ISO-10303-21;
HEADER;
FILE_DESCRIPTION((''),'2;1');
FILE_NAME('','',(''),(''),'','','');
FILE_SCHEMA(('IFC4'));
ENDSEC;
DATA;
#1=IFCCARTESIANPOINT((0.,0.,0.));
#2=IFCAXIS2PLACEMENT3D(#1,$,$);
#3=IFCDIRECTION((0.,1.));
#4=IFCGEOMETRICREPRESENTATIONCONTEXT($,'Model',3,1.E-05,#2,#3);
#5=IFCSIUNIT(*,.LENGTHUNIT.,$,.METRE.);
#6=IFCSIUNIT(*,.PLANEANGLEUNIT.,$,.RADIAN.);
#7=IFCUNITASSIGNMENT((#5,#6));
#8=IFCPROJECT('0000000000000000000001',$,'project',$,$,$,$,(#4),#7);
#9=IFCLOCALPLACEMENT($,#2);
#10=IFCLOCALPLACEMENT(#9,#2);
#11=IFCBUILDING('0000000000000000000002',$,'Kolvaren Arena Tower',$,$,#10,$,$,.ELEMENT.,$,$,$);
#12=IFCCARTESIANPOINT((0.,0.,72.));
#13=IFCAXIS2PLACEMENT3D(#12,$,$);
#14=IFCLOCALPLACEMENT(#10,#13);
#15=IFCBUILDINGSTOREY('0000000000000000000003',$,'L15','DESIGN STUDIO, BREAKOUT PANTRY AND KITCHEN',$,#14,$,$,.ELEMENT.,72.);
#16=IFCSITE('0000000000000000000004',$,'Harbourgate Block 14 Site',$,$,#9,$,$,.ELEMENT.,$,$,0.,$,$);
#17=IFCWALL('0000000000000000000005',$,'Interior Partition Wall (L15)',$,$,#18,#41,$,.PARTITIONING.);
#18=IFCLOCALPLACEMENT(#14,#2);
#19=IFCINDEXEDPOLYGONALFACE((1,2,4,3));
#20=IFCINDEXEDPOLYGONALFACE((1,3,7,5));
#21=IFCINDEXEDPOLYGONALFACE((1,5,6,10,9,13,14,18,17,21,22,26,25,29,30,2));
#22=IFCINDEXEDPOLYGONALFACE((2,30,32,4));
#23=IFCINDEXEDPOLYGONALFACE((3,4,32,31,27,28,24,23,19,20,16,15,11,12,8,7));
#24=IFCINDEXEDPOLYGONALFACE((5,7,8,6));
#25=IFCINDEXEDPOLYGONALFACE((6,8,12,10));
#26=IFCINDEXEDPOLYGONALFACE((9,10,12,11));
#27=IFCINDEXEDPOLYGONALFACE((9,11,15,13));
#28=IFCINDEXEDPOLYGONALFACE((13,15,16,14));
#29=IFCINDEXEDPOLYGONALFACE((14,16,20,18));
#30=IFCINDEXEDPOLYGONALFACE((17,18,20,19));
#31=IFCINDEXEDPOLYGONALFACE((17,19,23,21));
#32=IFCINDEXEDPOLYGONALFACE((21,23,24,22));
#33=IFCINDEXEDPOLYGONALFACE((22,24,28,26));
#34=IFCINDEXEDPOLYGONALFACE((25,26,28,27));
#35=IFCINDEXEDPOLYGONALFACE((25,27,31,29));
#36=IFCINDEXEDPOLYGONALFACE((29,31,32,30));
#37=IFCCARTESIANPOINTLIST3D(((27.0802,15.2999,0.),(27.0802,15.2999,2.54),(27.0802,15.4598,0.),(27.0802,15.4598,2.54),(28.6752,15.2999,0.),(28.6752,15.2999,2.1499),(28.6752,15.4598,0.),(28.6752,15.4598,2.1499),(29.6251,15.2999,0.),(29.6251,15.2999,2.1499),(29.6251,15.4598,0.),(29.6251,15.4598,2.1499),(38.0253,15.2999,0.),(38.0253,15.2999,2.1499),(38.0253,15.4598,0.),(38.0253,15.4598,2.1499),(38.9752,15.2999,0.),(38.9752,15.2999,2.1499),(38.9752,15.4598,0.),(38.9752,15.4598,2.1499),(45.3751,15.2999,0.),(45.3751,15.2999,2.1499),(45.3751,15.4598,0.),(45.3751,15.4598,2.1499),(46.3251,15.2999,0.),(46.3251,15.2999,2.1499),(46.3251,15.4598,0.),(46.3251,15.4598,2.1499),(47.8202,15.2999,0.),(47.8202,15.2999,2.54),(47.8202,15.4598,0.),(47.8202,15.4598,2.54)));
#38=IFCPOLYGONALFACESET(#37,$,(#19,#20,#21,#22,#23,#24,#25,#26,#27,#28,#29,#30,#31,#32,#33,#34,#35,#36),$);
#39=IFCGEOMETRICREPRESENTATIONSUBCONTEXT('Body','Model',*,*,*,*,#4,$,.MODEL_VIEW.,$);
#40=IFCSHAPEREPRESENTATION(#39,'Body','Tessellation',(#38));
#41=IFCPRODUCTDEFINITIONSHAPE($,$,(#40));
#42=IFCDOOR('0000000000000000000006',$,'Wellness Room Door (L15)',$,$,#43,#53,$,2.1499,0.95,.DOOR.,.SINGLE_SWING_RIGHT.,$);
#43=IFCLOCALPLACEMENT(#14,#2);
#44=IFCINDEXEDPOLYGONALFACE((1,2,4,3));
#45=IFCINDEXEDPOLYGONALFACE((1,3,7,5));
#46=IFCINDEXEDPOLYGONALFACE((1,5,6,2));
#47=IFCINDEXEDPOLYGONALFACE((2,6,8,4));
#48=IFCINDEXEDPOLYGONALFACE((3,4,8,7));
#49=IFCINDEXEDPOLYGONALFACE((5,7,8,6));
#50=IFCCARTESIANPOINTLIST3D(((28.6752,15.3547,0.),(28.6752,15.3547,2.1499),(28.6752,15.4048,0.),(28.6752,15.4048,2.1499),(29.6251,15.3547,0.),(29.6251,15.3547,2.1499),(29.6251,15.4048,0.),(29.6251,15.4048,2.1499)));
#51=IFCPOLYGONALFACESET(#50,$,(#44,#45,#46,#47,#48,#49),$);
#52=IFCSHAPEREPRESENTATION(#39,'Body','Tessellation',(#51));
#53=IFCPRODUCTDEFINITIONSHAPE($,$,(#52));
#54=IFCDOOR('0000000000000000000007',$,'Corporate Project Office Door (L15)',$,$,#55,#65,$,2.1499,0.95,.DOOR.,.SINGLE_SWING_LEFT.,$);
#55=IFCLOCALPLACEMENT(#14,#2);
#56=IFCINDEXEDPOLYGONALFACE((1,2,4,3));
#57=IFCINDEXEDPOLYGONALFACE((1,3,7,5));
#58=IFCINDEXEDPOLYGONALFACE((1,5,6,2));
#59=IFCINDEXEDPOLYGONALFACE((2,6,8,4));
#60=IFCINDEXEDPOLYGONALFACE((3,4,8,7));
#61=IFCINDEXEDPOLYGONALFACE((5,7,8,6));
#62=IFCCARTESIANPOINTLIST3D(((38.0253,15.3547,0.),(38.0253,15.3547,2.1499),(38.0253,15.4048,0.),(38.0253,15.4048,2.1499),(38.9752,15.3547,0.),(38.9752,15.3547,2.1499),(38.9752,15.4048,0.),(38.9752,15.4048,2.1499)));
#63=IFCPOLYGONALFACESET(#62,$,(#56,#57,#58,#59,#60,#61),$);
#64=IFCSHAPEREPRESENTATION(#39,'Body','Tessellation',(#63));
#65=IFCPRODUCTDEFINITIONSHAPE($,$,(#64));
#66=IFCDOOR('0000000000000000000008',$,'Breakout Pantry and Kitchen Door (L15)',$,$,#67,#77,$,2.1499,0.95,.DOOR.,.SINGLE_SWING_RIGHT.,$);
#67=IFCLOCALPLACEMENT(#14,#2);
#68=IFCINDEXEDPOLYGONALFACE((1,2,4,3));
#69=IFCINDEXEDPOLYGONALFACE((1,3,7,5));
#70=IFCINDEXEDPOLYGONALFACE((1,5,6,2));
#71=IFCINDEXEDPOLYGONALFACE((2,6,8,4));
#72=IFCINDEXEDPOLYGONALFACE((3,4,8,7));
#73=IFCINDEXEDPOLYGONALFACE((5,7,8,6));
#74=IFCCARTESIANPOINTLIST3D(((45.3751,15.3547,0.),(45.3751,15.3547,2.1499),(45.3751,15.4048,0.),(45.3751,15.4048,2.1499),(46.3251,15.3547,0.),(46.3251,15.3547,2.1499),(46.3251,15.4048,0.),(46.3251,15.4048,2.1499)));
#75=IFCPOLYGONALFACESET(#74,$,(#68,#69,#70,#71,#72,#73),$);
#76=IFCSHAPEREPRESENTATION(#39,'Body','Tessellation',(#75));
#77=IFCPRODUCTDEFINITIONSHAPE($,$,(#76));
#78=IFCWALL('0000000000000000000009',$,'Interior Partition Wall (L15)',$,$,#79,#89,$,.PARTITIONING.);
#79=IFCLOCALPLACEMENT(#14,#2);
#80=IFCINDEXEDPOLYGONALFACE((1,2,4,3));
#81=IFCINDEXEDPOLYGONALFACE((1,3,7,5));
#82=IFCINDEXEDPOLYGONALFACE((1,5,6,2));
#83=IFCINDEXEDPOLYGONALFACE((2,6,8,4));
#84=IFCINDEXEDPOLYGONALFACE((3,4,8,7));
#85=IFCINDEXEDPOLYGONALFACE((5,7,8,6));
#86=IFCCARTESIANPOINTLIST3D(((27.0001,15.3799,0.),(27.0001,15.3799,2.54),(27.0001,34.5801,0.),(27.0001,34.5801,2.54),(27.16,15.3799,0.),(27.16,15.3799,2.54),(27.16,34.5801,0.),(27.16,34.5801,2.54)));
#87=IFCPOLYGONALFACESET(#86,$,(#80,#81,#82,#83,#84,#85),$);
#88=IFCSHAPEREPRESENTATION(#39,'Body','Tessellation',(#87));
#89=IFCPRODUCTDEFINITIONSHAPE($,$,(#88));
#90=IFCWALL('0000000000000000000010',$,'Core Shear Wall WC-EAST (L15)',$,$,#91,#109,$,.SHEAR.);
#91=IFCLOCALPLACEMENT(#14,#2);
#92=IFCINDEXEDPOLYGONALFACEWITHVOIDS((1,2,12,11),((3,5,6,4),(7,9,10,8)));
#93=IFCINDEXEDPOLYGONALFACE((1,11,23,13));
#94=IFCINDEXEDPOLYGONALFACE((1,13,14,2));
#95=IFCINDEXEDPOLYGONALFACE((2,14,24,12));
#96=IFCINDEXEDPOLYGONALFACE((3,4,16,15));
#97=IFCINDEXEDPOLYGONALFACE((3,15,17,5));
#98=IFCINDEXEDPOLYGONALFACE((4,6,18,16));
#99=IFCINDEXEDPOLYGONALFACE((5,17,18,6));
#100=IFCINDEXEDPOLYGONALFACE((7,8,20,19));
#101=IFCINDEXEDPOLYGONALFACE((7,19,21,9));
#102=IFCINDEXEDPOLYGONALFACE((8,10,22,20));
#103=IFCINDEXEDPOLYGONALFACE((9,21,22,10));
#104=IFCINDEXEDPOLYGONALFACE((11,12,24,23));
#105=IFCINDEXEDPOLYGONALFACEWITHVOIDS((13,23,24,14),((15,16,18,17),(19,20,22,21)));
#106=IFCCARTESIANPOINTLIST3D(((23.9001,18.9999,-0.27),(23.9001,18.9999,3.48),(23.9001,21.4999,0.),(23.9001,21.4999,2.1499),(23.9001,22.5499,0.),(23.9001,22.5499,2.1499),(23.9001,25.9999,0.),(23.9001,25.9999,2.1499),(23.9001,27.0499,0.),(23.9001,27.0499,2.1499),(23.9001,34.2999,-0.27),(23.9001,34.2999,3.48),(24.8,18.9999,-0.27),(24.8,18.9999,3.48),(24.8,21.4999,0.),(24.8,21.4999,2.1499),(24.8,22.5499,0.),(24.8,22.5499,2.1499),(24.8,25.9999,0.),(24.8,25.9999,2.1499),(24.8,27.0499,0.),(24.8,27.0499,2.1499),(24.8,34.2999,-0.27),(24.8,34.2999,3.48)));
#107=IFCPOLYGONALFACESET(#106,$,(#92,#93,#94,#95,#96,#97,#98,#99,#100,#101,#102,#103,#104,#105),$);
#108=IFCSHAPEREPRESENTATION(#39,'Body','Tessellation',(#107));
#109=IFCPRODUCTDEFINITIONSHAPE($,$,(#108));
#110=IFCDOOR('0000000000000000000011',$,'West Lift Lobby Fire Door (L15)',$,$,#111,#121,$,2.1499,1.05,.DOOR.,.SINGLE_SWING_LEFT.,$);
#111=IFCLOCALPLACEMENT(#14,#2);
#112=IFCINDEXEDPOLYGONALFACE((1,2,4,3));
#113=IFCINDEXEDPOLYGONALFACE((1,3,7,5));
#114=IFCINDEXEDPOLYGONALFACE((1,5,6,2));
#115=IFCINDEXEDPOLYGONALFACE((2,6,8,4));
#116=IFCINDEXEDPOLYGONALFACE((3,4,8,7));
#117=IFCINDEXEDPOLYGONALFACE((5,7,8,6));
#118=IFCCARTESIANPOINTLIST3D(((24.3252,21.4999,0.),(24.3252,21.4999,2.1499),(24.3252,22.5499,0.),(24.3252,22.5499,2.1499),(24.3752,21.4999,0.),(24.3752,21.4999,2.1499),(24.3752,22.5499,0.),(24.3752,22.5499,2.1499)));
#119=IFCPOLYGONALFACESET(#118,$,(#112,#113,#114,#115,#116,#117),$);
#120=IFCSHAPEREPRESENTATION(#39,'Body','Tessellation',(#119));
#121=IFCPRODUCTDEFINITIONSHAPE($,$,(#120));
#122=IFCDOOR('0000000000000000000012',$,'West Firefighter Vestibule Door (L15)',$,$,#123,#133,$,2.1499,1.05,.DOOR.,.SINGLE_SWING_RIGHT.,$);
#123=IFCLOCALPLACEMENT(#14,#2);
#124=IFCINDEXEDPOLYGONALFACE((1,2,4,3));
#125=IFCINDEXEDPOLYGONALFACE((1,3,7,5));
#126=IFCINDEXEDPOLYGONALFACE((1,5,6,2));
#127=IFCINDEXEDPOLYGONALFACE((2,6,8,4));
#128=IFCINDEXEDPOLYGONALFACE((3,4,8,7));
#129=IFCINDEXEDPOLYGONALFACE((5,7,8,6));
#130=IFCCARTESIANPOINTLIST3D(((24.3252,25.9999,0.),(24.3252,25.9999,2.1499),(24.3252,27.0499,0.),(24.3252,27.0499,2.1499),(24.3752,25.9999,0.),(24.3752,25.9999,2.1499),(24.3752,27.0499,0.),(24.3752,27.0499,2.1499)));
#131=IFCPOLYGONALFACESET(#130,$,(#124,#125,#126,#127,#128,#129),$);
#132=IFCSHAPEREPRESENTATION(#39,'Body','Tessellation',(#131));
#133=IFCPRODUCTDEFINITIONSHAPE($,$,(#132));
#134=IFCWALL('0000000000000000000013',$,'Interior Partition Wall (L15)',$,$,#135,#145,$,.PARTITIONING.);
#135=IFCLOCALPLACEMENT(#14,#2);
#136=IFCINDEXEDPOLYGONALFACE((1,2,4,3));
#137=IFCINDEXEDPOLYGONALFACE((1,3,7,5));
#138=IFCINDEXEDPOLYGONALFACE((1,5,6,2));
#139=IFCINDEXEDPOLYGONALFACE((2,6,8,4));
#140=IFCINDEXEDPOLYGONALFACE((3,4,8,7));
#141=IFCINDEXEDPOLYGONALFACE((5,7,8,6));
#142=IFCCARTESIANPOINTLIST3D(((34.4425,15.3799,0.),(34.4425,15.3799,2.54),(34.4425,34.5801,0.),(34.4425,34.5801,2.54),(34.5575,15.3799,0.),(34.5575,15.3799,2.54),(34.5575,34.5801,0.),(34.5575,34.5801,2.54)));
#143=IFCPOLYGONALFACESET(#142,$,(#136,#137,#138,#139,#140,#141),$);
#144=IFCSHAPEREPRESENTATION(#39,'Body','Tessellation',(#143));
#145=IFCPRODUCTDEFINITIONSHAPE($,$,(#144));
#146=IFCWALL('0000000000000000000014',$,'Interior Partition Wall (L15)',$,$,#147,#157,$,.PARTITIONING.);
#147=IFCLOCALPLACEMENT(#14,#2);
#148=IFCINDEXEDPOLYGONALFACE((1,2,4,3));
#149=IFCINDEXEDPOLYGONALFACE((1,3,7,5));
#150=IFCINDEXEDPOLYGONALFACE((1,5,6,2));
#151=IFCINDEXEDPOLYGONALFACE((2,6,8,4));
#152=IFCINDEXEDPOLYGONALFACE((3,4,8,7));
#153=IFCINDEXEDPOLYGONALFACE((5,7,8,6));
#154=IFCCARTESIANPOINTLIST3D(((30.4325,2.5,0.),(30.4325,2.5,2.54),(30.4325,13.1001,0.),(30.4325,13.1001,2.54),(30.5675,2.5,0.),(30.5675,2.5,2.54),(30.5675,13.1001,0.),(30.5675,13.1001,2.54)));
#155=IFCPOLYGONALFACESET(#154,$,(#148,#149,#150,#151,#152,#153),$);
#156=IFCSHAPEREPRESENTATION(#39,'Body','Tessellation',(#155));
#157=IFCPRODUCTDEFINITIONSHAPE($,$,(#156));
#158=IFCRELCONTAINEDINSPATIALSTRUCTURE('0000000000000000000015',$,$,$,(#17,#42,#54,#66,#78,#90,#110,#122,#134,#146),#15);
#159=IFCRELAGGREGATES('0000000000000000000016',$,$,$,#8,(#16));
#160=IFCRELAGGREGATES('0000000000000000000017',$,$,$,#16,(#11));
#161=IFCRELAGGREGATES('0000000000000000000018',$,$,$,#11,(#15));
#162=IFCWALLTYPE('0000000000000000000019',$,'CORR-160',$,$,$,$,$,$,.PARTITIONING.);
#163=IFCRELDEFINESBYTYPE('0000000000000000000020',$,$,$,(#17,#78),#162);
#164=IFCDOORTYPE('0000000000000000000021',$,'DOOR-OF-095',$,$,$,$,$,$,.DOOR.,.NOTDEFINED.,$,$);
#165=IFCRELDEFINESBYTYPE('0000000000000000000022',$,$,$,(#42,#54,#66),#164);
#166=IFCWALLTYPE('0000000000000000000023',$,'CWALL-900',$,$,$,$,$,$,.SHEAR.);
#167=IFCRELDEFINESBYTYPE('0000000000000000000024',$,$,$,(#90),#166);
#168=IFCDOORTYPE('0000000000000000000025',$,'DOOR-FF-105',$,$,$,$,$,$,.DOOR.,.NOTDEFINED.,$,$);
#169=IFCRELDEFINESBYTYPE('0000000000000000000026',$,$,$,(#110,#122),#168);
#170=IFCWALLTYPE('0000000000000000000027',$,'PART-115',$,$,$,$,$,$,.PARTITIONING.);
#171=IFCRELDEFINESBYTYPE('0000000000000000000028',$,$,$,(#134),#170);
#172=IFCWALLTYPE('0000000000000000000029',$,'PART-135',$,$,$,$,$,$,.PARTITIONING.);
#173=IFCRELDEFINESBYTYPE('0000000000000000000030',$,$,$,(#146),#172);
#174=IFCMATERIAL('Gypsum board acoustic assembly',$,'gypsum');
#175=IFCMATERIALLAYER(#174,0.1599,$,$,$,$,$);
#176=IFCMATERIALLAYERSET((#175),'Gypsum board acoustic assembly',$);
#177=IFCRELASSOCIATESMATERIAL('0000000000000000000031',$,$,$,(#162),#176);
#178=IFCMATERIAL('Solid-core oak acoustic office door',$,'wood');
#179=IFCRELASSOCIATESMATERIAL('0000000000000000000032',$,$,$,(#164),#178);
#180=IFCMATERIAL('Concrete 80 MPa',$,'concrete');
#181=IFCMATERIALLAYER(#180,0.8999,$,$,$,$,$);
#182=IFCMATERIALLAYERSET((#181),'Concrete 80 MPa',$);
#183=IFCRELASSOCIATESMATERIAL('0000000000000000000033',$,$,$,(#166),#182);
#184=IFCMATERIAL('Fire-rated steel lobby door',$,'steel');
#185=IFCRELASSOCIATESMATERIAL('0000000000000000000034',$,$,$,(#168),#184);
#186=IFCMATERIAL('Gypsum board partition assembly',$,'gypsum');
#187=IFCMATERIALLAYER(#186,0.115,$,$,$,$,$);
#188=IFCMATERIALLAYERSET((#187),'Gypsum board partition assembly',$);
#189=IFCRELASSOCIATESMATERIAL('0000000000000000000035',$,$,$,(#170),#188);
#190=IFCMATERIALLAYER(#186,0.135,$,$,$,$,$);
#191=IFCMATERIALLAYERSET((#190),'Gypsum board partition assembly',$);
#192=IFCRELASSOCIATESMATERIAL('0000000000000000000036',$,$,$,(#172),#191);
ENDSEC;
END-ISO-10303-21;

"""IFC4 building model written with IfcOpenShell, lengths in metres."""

from ifc_helpers import new_model, si_unit, direction, frame, frame_2d, origin, place, context, subcontext, project, spatial, rectangle, extrude, material, layer, layer_set, type_object, element, fill, save


model = new_model("IFC4")

# Units and contexts
model_context = context("Model", 3, precision=1e-05, world=origin(), true_north=direction((0.0, 1.0)))
body_context = subcontext(model_context, "Body", "Model", "MODEL_VIEW")
ifc_project = project(units=[si_unit("LENGTHUNIT", "METRE"), si_unit("PLANEANGLEUNIT", "RADIAN")], contexts=[model_context])

# Site, building, storey
site_placement = place(None, origin())
site = spatial("IfcSite", under=ifc_project, at=site_placement, Name="Harbourgate Block 14 Site", CompositionType="ELEMENT", RefElevation=0.0)
building_placement = place(site_placement, origin())
building = spatial("IfcBuilding", under=site, at=building_placement, Name="Kolvaren Arena Tower", CompositionType="ELEMENT")
storey_placement = place(building_placement, frame((0.0, 0.0, 72.0)))
storey = spatial("IfcBuildingStorey", under=building, at=storey_placement, Name="L15", Description="DESIGN STUDIO, BREAKOUT PANTRY AND KITCHEN", CompositionType="ELEMENT", Elevation=72.0)

# Wall, openings, doors
ifc_material_1 = material(Name="Gypsum board acoustic assembly", Category="gypsum")
ifc_layer_1 = layer(ifc_material_1, 0.1599)
ifc_layer_set_1 = layer_set([ifc_layer_1], Name="Gypsum board acoustic assembly")
wall_type_1 = type_object("IfcWallType", Name="CORR-160", PredefinedType="PARTITIONING", material=ifc_layer_set_1)
wall_1_placement = place(storey_placement, frame((27.0801, 15.3799, 0.0), z_axis=(0.0, 0.0, 1.0), x_axis=(1.0, 0.0, 0.0)))
wall_1 = element("IfcWall", 1, at=wall_1_placement, inside=storey, type_object=wall_type_1, Name="Interior Partition Wall (L15)", PredefinedType="PARTITIONING", context=body_context, shape_type="SweptSolid", body=[
    extrude(rectangle(XDim=20.74, YDim=0.1599, at=frame_2d((10.3701, 0.0))), origin(), (0.0, 0.0, 1.0), 2.54),
])
opening_1_placement = place(wall_1_placement, frame((1.595, 0.0, 0.0)))
opening_1 = element("IfcOpeningElement", 2, at=opening_1_placement, cuts=wall_1, PredefinedType="OPENING", context=body_context, shape_type="SweptSolid", body=[
    extrude(rectangle(XDim=0.95, YDim=2.1499, at=frame_2d((0.4751, 1.075))), frame((0.0, 0.0898, 0.0), z_axis=(0.0, -1.0, 0.0), x_axis=(1.0, 0.0, 0.0)), (0.0, 0.0, 1.0), 0.1799),
])
opening_2_placement = place(wall_1_placement, frame((10.9451, 0.0, 0.0)))
opening_2 = element("IfcOpeningElement", 3, at=opening_2_placement, cuts=wall_1, PredefinedType="OPENING", context=body_context, shape_type="SweptSolid", body=[
    extrude(rectangle(XDim=0.95, YDim=2.1499, at=frame_2d((0.4751, 1.075))), frame((0.0, 0.0898, 0.0), z_axis=(0.0, -1.0, 0.0), x_axis=(1.0, 0.0, 0.0)), (0.0, 0.0, 1.0), 0.1799),
])
opening_3_placement = place(wall_1_placement, frame((18.2949, 0.0, 0.0)))
opening_3 = element("IfcOpeningElement", 4, at=opening_3_placement, cuts=wall_1, PredefinedType="OPENING", context=body_context, shape_type="SweptSolid", body=[
    extrude(rectangle(XDim=0.95, YDim=2.1499, at=frame_2d((0.4751, 1.075))), frame((0.0, 0.0898, 0.0), z_axis=(0.0, -1.0, 0.0), x_axis=(1.0, 0.0, 0.0)), (0.0, 0.0, 1.0), 0.1799),
])
ifc_material_2 = material(Name="Solid-core oak acoustic office door", Category="wood")
door_type_1 = type_object("IfcDoorType", Name="DOOR-OF-095", OperationType="NOTDEFINED", PredefinedType="DOOR", material=ifc_material_2)
door_1_placement = place(opening_1_placement, origin())
door_1 = element("IfcDoor", 5, at=door_1_placement, inside=storey, type_object=door_type_1, Name="Wellness Room Door (L15)", OperationType="SINGLE_SWING_RIGHT", OverallHeight=2.1499, OverallWidth=0.95, PredefinedType="DOOR", context=body_context, shape_type="SweptSolid", body=[
    extrude(rectangle(XDim=0.95, YDim=2.1499, at=frame_2d((0.4751, 1.075))), frame((0.0, 0.0249, 0.0), z_axis=(0.0, -1.0, 0.0), x_axis=(1.0, 0.0, 0.0)), (0.0, 0.0, 1.0), 0.05),
])
fill(opening_1, door_1)
door_2_placement = place(opening_2_placement, origin())
door_2 = element("IfcDoor", 6, at=door_2_placement, inside=storey, type_object=door_type_1, Name="Corporate Project Office Door (L15)", OperationType="SINGLE_SWING_LEFT", OverallHeight=2.1499, OverallWidth=0.95, PredefinedType="DOOR", context=body_context, shape_type="SweptSolid", body=[
    extrude(rectangle(XDim=0.95, YDim=2.1499, at=frame_2d((0.4751, 1.075))), frame((0.0, 0.0249, 0.0), z_axis=(0.0, -1.0, 0.0), x_axis=(1.0, 0.0, 0.0)), (0.0, 0.0, 1.0), 0.05),
])
fill(opening_2, door_2)
door_3_placement = place(opening_3_placement, origin())
door_3 = element("IfcDoor", 7, at=door_3_placement, inside=storey, type_object=door_type_1, Name="Breakout Pantry and Kitchen Door (L15)", OperationType="SINGLE_SWING_RIGHT", OverallHeight=2.1499, OverallWidth=0.95, PredefinedType="DOOR", context=body_context, shape_type="SweptSolid", body=[
    extrude(rectangle(XDim=0.95, YDim=2.1499, at=frame_2d((0.4751, 1.075))), frame((0.0, 0.0249, 0.0), z_axis=(0.0, -1.0, 0.0), x_axis=(1.0, 0.0, 0.0)), (0.0, 0.0, 1.0), 0.05),
])
fill(opening_3, door_3)

# Wall
wall_2_placement = place(storey_placement, frame((27.0801, 15.3799, 0.0), z_axis=(0.0, 0.0, 1.0), x_axis=(0.0, 1.0, 0.0)))
element("IfcWall", 8, at=wall_2_placement, inside=storey, type_object=wall_type_1, Name="Interior Partition Wall (L15)", PredefinedType="PARTITIONING", context=body_context, shape_type="SweptSolid", body=[
    extrude(rectangle(XDim=19.2002, YDim=0.1599, at=frame_2d((9.6001, 0.0))), origin(), (0.0, 0.0, 1.0), 2.54),
])

# Wall, openings, doors
ifc_material_3 = material(Name="Concrete 80 MPa", Category="concrete")
ifc_layer_2 = layer(ifc_material_3, 0.8999)
ifc_layer_set_2 = layer_set([ifc_layer_2], Name="Concrete 80 MPa")
wall_type_2 = type_object("IfcWallType", Name="CWALL-900", PredefinedType="SHEAR", material=ifc_layer_set_2)
wall_3_placement = place(storey_placement, frame((24.3501, 19.0, -0.27), z_axis=(0.0, 0.0, 1.0), x_axis=(0.0, 1.0, 0.0)))
wall_3 = element("IfcWall", 9, at=wall_3_placement, inside=storey, type_object=wall_type_2, Name="Core Shear Wall WC-EAST (L15)", PredefinedType="SHEAR", context=body_context, shape_type="SweptSolid", body=[
    extrude(rectangle(XDim=15.3, YDim=0.8999, at=frame_2d((7.6499, 0.0))), origin(), (0.0, 0.0, 1.0), 3.75),
])
opening_4_placement = place(wall_3_placement, frame((2.5, 0.0, 0.27)))
opening_4 = element("IfcOpeningElement", 10, at=opening_4_placement, cuts=wall_3, PredefinedType="OPENING", context=body_context, shape_type="SweptSolid", body=[
    extrude(rectangle(XDim=1.05, YDim=2.1499, at=frame_2d((0.5249, 1.075))), frame((0.0, 0.46, 0.0), z_axis=(0.0, -1.0, 0.0), x_axis=(1.0, 0.0, 0.0)), (0.0, 0.0, 1.0), 0.9199),
])
opening_5_placement = place(wall_3_placement, frame((7.0, 0.0, 0.27)))
opening_5 = element("IfcOpeningElement", 11, at=opening_5_placement, cuts=wall_3, PredefinedType="OPENING", context=body_context, shape_type="SweptSolid", body=[
    extrude(rectangle(XDim=1.05, YDim=2.1499, at=frame_2d((0.5249, 1.075))), frame((0.0, 0.46, 0.0), z_axis=(0.0, -1.0, 0.0), x_axis=(1.0, 0.0, 0.0)), (0.0, 0.0, 1.0), 0.9199),
])
ifc_material_4 = material(Name="Fire-rated steel lobby door", Category="steel")
door_type_2 = type_object("IfcDoorType", Name="DOOR-FF-105", OperationType="NOTDEFINED", PredefinedType="DOOR", material=ifc_material_4)
door_4_placement = place(opening_4_placement, origin())
door_4 = element("IfcDoor", 12, at=door_4_placement, inside=storey, type_object=door_type_2, Name="West Lift Lobby Fire Door (L15)", OperationType="SINGLE_SWING_LEFT", OverallHeight=2.1499, OverallWidth=1.05, PredefinedType="DOOR", context=body_context, shape_type="SweptSolid", body=[
    extrude(rectangle(XDim=1.05, YDim=2.1499, at=frame_2d((0.5249, 1.075))), frame((0.0, 0.0249, 0.0), z_axis=(0.0, -1.0, 0.0), x_axis=(1.0, 0.0, 0.0)), (0.0, 0.0, 1.0), 0.05),
])
fill(opening_4, door_4)
door_5_placement = place(opening_5_placement, origin())
door_5 = element("IfcDoor", 13, at=door_5_placement, inside=storey, type_object=door_type_2, Name="West Firefighter Vestibule Door (L15)", OperationType="SINGLE_SWING_RIGHT", OverallHeight=2.1499, OverallWidth=1.05, PredefinedType="DOOR", context=body_context, shape_type="SweptSolid", body=[
    extrude(rectangle(XDim=1.05, YDim=2.1499, at=frame_2d((0.5249, 1.075))), frame((0.0, 0.0249, 0.0), z_axis=(0.0, -1.0, 0.0), x_axis=(1.0, 0.0, 0.0)), (0.0, 0.0, 1.0), 0.05),
])
fill(opening_5, door_5)

# Walls
ifc_material_5 = material(Name="Gypsum board partition assembly", Category="gypsum")
ifc_layer_3 = layer(ifc_material_5, 0.115)
ifc_layer_set_3 = layer_set([ifc_layer_3], Name="Gypsum board partition assembly")
wall_type_3 = type_object("IfcWallType", Name="PART-115", PredefinedType="PARTITIONING", material=ifc_layer_set_3)
wall_4_placement = place(storey_placement, frame((34.5, 15.3799, 0.0), z_axis=(0.0, 0.0, 1.0), x_axis=(0.0, 1.0, 0.0)))
element("IfcWall", 14, at=wall_4_placement, inside=storey, type_object=wall_type_3, Name="Interior Partition Wall (L15)", PredefinedType="PARTITIONING", context=body_context, shape_type="SweptSolid", body=[
    extrude(rectangle(XDim=19.2002, YDim=0.115, at=frame_2d((9.6001, 0.0))), origin(), (0.0, 0.0, 1.0), 2.54),
])
ifc_layer_4 = layer(ifc_material_5, 0.135)
ifc_layer_set_4 = layer_set([ifc_layer_4], Name="Gypsum board partition assembly")
wall_type_4 = type_object("IfcWallType", Name="PART-135", PredefinedType="PARTITIONING", material=ifc_layer_set_4)
wall_5_placement = place(storey_placement, frame((30.5, 2.5, 0.0), z_axis=(0.0, 0.0, 1.0), x_axis=(0.0, 1.0, 0.0)))
element("IfcWall", 15, at=wall_5_placement, inside=storey, type_object=wall_type_4, Name="Interior Partition Wall (L15)", PredefinedType="PARTITIONING", context=body_context, shape_type="SweptSolid", body=[
    extrude(rectangle(XDim=10.6001, YDim=0.135, at=frame_2d((5.3, 0.0))), origin(), (0.0, 0.0, 1.0), 2.54),
])

save(model, "model.ifc")
